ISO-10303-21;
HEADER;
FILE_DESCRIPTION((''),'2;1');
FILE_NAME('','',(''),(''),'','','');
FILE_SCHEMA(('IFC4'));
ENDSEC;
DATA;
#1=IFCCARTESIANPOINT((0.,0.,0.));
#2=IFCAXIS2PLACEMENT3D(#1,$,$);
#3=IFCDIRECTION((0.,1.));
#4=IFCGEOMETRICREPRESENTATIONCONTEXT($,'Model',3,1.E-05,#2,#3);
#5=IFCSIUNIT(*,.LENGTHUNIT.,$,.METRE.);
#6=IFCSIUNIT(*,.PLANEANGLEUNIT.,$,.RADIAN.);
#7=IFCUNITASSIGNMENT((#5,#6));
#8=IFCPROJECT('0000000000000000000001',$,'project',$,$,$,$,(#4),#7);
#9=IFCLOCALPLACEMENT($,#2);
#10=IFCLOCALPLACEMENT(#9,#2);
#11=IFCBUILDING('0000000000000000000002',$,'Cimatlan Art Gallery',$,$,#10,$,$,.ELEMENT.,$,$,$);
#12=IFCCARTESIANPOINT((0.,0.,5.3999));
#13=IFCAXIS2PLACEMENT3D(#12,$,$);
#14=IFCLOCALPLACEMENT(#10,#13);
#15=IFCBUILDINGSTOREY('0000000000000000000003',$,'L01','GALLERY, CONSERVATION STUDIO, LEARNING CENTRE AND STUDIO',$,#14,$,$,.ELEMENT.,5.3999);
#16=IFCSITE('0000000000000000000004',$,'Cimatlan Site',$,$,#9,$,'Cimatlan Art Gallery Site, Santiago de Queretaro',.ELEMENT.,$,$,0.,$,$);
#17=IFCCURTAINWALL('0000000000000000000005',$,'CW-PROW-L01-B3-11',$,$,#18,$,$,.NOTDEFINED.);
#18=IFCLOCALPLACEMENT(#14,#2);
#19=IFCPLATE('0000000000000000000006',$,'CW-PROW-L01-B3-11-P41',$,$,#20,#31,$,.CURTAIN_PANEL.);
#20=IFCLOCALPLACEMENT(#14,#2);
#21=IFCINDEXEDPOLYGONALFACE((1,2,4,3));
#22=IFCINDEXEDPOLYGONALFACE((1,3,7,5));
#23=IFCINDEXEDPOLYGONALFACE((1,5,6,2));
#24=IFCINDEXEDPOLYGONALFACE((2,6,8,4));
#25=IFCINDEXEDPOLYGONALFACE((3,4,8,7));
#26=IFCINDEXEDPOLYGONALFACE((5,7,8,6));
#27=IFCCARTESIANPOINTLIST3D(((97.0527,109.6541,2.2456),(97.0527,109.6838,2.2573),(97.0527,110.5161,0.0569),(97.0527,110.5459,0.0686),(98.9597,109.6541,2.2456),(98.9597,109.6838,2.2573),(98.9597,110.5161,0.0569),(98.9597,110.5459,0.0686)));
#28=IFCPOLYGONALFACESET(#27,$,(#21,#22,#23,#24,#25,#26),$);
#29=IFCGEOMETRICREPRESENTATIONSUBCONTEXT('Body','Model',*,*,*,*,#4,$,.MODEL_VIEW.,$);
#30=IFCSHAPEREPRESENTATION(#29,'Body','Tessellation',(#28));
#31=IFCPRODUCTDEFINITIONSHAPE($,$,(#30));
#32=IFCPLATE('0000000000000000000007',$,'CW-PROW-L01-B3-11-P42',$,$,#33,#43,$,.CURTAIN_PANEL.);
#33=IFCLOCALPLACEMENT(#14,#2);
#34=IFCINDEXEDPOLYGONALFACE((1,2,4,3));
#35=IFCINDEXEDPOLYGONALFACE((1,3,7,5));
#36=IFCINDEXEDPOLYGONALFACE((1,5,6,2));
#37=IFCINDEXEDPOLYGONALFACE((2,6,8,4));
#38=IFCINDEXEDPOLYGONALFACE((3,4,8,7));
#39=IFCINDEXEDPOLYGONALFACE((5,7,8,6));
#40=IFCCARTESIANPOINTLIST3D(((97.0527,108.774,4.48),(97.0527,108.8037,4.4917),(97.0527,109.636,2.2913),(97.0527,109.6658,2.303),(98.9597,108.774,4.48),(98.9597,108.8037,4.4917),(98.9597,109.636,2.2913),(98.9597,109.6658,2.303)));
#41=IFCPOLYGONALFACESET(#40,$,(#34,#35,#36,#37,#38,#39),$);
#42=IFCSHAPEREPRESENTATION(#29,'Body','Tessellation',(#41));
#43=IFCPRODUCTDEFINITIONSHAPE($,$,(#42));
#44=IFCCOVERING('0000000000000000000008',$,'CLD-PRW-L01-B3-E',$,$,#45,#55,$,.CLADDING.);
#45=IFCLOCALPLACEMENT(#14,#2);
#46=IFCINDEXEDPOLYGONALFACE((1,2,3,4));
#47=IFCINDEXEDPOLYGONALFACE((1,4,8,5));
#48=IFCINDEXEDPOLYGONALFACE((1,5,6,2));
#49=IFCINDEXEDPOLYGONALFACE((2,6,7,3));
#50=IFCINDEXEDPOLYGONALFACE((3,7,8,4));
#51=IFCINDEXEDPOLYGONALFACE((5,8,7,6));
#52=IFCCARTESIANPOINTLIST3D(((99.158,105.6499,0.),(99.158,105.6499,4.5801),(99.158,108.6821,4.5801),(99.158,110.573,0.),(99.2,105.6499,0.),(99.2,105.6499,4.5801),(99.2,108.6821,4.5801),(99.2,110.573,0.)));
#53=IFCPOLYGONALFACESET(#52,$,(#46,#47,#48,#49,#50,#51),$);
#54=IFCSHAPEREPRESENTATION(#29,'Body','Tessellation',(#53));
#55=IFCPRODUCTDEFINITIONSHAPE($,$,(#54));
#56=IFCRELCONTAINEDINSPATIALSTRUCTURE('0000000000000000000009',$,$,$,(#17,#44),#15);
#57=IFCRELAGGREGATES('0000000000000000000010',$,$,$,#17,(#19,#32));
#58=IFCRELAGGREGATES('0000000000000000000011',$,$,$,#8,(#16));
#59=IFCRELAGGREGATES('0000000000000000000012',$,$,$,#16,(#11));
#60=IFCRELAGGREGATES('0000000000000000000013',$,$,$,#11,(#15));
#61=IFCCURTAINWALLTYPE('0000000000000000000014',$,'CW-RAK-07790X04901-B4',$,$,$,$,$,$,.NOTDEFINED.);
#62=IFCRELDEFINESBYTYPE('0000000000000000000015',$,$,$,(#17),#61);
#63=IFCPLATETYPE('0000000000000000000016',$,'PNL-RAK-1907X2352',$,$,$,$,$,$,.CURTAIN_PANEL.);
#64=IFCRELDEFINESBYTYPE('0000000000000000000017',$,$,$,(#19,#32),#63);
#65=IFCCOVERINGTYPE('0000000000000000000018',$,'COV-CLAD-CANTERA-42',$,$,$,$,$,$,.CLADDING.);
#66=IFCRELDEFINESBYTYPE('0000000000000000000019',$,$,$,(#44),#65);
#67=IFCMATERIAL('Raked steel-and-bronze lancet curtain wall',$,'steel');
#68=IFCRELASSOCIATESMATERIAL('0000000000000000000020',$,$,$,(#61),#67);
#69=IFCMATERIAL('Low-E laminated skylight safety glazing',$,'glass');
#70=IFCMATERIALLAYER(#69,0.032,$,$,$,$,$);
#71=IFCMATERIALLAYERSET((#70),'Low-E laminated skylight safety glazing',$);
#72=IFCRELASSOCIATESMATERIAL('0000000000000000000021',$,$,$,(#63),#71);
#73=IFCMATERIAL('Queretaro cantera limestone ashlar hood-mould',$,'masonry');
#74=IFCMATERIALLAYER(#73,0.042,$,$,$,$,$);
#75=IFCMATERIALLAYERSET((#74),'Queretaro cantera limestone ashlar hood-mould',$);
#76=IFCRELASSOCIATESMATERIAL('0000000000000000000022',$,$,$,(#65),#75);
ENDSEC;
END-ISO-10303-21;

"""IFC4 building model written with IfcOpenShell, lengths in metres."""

from ifc_helpers import new_model, si_unit, direction, frame, origin, place, context, subcontext, project, spatial, polyline, outline, extrude, material, layer, layer_set, type_object, element, aggregate, save


model = new_model("IFC4")

# Units and contexts
model_context = context("Model", 3, precision=1e-05, world=origin(), true_north=direction((0.0, 1.0)))
body_context = subcontext(model_context, "Body", "Model", "MODEL_VIEW")
ifc_project = project(units=[si_unit("LENGTHUNIT", "METRE"), si_unit("PLANEANGLEUNIT", "RADIAN")], contexts=[model_context])

# Site, building, storey
site_placement = place(None, origin())
site = spatial("IfcSite", under=ifc_project, at=site_placement, Name="Cimatlan Site", LongName="Cimatlan Art Gallery Site, Santiago de Queretaro", CompositionType="ELEMENT", RefElevation=0.0)
building_placement = place(site_placement, origin())
building = spatial("IfcBuilding", under=site, at=building_placement, Name="Cimatlan Art Gallery", CompositionType="ELEMENT")
storey_placement = place(building_placement, frame((0.0, 0.0, 5.3999)))
storey = spatial("IfcBuildingStorey", under=building, at=storey_placement, Name="L01", Description="GALLERY, CONSERVATION STUDIO, LEARNING CENTRE AND STUDIO", CompositionType="ELEMENT", Elevation=5.3999)

# Curtain wall
ifc_material_1 = material(Name="Raked steel-and-bronze lancet curtain wall", Category="steel")
curtain_wall_type_1 = type_object("IfcCurtainWallType", Name="CW-RAK-07790X04901-B4", PredefinedType="NOTDEFINED", material=ifc_material_1)
curtain_wall_1_placement = place(storey_placement, origin())
curtain_wall_1 = element("IfcCurtainWall", 1, at=curtain_wall_1_placement, inside=storey, type_object=curtain_wall_type_1, Name="CW-PROW-L01-B3-11", PredefinedType="NOTDEFINED")

# Plates
ifc_material_2 = material(Name="Low-E laminated skylight safety glazing", Category="glass")
ifc_layer_1 = layer(ifc_material_2, 0.032)
ifc_layer_set_1 = layer_set([ifc_layer_1], Name="Low-E laminated skylight safety glazing")
plate_type_1 = type_object("IfcPlateType", Name="PNL-RAK-1907X2352", PredefinedType="CURTAIN_PANEL", material=ifc_layer_set_1)
plate_1_placement = place(storey_placement, frame((97.0527, 110.5459, 0.0686), z_axis=(0.0, 0.930432, 0.366465), x_axis=(1.0, 0.0, 0.0)))
plate_1 = element("IfcPlate", 2, at=plate_1_placement, type_object=plate_type_1, Name="CW-PROW-L01-B3-11-P41", PredefinedType="CURTAIN_PANEL", context=body_context, shape_type="SweptSolid", body=[
    extrude(outline(polyline([(0.0, 0.0), (1.907, 0.0), (1.907, -2.3524), (0.0, -2.3524), (0.0, 0.0)])), origin(), (0.0, 0.0, -1.0), 0.032),
])
plate_2_placement = place(storey_placement, frame((97.0527, 109.6658, 2.303), z_axis=(0.0, 0.930432, 0.366465), x_axis=(1.0, 0.0, 0.0)))
plate_2 = element("IfcPlate", 3, at=plate_2_placement, type_object=plate_type_1, Name="CW-PROW-L01-B3-11-P42", PredefinedType="CURTAIN_PANEL", context=body_context, shape_type="SweptSolid", body=[
    extrude(outline(polyline([(0.0, 0.0), (1.907, 0.0), (1.907, -2.3524), (0.0, -2.3524), (0.0, 0.0)])), origin(), (0.0, 0.0, -1.0), 0.032),
])
aggregate(curtain_wall_1, [plate_1, plate_2])

# Covering
ifc_material_3 = material(Name="Queretaro cantera limestone ashlar hood-mould", Category="masonry")
ifc_layer_2 = layer(ifc_material_3, 0.042)
ifc_layer_set_2 = layer_set([ifc_layer_2], Name="Queretaro cantera limestone ashlar hood-mould")
covering_type = type_object("IfcCoveringType", Name="COV-CLAD-CANTERA-42", PredefinedType="CLADDING", material=ifc_layer_set_2)
covering_placement = place(storey_placement, frame((99.2, 105.6499, 0.0), z_axis=(1.0, 0.0, 0.0), x_axis=(0.0, 1.0, 0.0)))
element("IfcCovering", 4, at=covering_placement, inside=storey, type_object=covering_type, Name="CLD-PRW-L01-B3-E", PredefinedType="CLADDING", context=body_context, shape_type="SweptSolid", body=[
    extrude(outline(polyline([(0.0, 0.0), (4.9231, 0.0), (3.0322, 4.5801), (0.0, 4.5801), (0.0, 0.0)])), origin(), (0.0, 0.0, -1.0), 0.042),
])

save(model, "model.ifc")
